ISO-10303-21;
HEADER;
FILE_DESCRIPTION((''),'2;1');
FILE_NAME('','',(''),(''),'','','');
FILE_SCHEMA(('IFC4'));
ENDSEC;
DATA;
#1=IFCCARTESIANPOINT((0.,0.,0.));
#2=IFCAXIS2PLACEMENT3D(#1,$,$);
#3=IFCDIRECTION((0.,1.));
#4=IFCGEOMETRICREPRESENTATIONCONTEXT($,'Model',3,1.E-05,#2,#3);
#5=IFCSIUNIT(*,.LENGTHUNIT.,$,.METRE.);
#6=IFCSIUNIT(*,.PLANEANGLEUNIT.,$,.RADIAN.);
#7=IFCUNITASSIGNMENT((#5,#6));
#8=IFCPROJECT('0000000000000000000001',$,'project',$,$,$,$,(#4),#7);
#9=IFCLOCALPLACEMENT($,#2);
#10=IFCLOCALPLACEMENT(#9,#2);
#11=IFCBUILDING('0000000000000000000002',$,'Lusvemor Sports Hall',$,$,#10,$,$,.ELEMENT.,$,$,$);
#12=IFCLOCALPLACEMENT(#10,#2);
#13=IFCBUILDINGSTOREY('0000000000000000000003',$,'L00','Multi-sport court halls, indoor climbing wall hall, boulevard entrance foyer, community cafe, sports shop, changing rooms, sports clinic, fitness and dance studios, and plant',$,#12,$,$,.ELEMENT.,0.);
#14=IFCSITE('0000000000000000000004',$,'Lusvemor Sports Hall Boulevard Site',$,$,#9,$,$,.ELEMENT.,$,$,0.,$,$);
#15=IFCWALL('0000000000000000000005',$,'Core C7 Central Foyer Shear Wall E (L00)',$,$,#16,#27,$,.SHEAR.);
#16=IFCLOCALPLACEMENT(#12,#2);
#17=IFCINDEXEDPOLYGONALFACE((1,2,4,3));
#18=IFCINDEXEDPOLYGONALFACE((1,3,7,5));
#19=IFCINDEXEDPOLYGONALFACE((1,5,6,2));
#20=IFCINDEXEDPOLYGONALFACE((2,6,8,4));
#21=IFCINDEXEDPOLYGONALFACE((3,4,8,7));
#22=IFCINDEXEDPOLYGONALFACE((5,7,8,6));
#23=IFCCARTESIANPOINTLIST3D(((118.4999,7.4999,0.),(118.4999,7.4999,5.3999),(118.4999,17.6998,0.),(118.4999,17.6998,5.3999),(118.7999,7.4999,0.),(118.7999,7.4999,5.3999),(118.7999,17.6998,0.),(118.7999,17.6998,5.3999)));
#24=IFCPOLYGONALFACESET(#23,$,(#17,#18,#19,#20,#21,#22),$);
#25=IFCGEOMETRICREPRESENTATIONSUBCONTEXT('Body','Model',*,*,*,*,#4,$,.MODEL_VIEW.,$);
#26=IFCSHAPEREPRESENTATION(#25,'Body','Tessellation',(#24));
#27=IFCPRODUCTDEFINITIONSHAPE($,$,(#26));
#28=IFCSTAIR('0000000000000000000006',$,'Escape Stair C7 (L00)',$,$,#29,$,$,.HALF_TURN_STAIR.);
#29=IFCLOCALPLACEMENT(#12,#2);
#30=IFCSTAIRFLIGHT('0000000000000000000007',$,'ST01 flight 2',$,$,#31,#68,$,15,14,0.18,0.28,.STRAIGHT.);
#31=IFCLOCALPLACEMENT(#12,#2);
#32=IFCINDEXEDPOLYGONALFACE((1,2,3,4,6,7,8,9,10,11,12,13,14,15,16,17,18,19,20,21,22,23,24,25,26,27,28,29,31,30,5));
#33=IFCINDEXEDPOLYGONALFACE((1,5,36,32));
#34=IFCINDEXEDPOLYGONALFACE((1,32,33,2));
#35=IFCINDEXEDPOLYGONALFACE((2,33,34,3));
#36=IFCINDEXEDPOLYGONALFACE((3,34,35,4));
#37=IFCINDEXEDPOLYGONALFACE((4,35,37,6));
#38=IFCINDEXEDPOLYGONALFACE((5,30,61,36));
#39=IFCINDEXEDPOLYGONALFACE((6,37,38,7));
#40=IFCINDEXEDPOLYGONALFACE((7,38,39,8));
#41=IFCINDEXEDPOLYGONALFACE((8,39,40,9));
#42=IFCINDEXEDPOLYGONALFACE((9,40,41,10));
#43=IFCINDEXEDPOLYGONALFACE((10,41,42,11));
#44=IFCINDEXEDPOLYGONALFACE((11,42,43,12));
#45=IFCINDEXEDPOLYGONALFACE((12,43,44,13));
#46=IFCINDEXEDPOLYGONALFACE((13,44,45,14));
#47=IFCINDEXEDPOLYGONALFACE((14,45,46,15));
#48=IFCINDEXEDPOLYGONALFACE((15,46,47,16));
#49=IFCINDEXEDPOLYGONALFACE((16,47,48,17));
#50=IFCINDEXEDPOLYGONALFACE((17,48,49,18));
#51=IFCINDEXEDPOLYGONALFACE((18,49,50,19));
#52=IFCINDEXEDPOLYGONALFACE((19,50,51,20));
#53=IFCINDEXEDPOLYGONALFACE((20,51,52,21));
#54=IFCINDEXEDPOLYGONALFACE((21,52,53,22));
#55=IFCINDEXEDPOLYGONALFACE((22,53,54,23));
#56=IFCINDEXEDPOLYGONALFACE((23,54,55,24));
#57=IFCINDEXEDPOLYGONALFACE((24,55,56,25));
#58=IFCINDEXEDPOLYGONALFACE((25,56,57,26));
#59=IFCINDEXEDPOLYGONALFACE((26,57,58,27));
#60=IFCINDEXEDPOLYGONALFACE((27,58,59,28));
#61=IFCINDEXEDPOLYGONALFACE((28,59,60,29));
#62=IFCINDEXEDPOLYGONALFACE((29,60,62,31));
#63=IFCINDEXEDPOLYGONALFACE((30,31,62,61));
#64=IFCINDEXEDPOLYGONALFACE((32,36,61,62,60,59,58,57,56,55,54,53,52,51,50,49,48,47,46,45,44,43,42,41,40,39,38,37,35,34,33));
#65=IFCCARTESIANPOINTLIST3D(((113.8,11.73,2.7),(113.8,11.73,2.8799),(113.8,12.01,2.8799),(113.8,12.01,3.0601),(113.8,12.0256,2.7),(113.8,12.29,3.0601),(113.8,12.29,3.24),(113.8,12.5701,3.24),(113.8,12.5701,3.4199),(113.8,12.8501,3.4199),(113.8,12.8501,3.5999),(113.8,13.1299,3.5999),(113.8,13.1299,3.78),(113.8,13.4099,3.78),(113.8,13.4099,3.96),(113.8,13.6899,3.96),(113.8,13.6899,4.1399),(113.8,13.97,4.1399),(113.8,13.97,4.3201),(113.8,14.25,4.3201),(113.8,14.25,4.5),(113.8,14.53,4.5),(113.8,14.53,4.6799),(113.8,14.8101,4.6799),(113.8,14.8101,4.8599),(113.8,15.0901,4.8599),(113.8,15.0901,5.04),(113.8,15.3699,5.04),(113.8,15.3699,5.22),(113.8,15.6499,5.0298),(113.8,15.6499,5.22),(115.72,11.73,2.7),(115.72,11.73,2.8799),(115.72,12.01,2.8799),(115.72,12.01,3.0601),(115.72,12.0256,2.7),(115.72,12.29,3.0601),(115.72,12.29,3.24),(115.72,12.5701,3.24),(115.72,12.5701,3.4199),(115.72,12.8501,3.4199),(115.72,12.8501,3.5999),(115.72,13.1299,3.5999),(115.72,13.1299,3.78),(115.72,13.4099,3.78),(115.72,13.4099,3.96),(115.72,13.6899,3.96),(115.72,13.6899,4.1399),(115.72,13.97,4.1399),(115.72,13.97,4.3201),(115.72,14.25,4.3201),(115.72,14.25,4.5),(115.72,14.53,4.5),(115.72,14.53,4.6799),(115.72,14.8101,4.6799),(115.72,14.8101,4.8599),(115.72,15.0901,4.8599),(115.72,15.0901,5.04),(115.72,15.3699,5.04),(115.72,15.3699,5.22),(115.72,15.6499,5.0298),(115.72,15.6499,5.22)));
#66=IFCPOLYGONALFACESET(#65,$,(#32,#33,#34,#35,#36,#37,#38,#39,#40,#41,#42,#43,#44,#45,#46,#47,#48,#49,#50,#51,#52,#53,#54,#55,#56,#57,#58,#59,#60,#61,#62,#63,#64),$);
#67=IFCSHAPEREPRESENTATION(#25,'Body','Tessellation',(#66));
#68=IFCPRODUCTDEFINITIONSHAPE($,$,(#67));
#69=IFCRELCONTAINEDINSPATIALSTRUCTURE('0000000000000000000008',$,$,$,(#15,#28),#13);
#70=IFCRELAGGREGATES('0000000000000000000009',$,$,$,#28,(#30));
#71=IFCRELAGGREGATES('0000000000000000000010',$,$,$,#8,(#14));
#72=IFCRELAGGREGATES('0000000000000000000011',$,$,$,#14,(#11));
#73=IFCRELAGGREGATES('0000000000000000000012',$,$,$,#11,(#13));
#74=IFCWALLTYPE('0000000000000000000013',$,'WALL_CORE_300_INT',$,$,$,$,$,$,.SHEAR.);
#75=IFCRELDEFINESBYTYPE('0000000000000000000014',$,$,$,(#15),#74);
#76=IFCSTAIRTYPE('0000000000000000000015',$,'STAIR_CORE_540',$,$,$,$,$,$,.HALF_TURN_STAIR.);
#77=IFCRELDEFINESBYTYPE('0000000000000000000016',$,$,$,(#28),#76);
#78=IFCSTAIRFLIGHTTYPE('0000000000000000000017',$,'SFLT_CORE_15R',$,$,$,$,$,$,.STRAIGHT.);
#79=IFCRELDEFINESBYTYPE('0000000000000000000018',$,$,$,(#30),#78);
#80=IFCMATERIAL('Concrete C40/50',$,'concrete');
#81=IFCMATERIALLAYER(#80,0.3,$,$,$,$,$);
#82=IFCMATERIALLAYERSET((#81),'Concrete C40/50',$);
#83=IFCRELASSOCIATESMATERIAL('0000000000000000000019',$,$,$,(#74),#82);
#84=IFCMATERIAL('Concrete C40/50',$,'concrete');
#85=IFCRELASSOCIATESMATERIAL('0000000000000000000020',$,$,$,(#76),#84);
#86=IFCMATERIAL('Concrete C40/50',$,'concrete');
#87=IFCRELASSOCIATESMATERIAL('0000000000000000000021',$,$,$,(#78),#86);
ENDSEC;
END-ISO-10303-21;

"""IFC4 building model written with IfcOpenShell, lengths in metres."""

from ifc_helpers import new_model, si_unit, direction, frame, frame_2d, origin, place, context, subcontext, project, spatial, polyline, rectangle, outline, extrude, material, layer, layer_set, type_object, element, aggregate, save


model = new_model("IFC4")

# Units and contexts
model_context = context("Model", 3, precision=1e-05, world=origin(), true_north=direction((0.0, 1.0)))
body_context = subcontext(model_context, "Body", "Model", "MODEL_VIEW")
ifc_project = project(units=[si_unit("LENGTHUNIT", "METRE"), si_unit("PLANEANGLEUNIT", "RADIAN")], contexts=[model_context])

# Site, building, storey
site_placement = place(None, origin())
site = spatial("IfcSite", under=ifc_project, at=site_placement, Name="Lusvemor Sports Hall Boulevard Site", CompositionType="ELEMENT", RefElevation=0.0)
building_placement = place(site_placement, origin())
building = spatial("IfcBuilding", under=site, at=building_placement, Name="Lusvemor Sports Hall", CompositionType="ELEMENT")
storey_placement = place(building_placement, origin())
storey = spatial("IfcBuildingStorey", under=building, at=storey_placement, Name="L00", Description="Multi-sport court halls, indoor climbing wall hall, boulevard entrance foyer, community cafe, sports shop, changing rooms, sports clinic, fitness and dance studios, and plant", CompositionType="ELEMENT", Elevation=0.0)

# Wall
ifc_material_1 = material(Name="Concrete C40/50", Category="concrete")
ifc_layer_1 = layer(ifc_material_1, 0.3)
ifc_layer_set_1 = layer_set([ifc_layer_1], Name="Concrete C40/50")
wall_type_1 = type_object("IfcWallType", Name="WALL_CORE_300_INT", PredefinedType="SHEAR", material=ifc_layer_set_1)
wall_1_placement = place(storey_placement, frame((118.6499, 17.7, 0.0), z_axis=(0.0, 0.0, 1.0), x_axis=(0.0, -1.0, 0.0)))
element("IfcWall", 1, at=wall_1_placement, inside=storey, type_object=wall_type_1, Name="Core C7 Central Foyer Shear Wall E (L00)", PredefinedType="SHEAR", context=body_context, shape_type="SweptSolid", body=[
    extrude(rectangle(XDim=10.2, YDim=0.3, at=frame_2d((5.1001, 0.0))), origin(), (0.0, 0.0, 1.0), 5.3999),
])

# Stair, stair flight
ifc_material_2 = material(Name="Concrete C40/50", Category="concrete")
stair_type = type_object("IfcStairType", Name="STAIR_CORE_540", PredefinedType="HALF_TURN_STAIR", material=ifc_material_2)
stair_placement = place(storey_placement, origin())
stair = element("IfcStair", 2, at=stair_placement, inside=storey, type_object=stair_type, Name="Escape Stair C7 (L00)", PredefinedType="HALF_TURN_STAIR")
ifc_material_3 = material(Name="Concrete C40/50", Category="concrete")
stair_flight_type = type_object("IfcStairFlightType", Name="SFLT_CORE_15R", PredefinedType="STRAIGHT", material=ifc_material_3)
stair_flight_placement = place(storey_placement, frame((114.76, 11.73, 2.7), z_axis=(0.0, 0.0, 1.0), x_axis=(0.0, 1.0, 0.0)))
stair_flight = element("IfcStairFlight", 3, at=stair_flight_placement, type_object=stair_flight_type, Name="ST01 flight 2", NumberOfRisers=15, NumberOfTreads=14, PredefinedType="STRAIGHT", RiserHeight=0.18, TreadLength=0.28, context=body_context, shape_type="SweptSolid", body=[
    extrude(outline(polyline([(0.0, 0.0), (0.0, 0.1799), (0.28, 0.1799), (0.28, 0.3601), (0.5601, 0.3601), (0.5601, 0.54), (0.8401, 0.54), (0.8401, 0.72), (1.1201, 0.72), (1.1201, 0.8999), (1.3999, 0.8999), (1.3999, 1.0801), (1.6799, 1.0801), (1.6799, 1.26), (1.96, 1.26), (1.96, 1.4399), (2.24, 1.4399), (2.24, 1.6201), (2.52, 1.6201), (2.52, 1.8), (2.8, 1.8), (2.8, 1.98), (3.0801, 1.98), (3.0801, 2.1599), (3.3601, 2.1599), (3.3601, 2.3401), (3.6399, 2.3401), (3.6399, 2.52), (3.9199, 2.52), (3.9199, 2.7), (3.9199, 2.3298), (0.2957, 0.0), (0.0, 0.0)])), frame((0.0, 0.96, 0.0), z_axis=(0.0, -1.0, 0.0), x_axis=(1.0, 0.0, 0.0)), (0.0, 0.0, 1.0), 1.9199),
])
aggregate(stair, [stair_flight])

save(model, "model.ifc")
